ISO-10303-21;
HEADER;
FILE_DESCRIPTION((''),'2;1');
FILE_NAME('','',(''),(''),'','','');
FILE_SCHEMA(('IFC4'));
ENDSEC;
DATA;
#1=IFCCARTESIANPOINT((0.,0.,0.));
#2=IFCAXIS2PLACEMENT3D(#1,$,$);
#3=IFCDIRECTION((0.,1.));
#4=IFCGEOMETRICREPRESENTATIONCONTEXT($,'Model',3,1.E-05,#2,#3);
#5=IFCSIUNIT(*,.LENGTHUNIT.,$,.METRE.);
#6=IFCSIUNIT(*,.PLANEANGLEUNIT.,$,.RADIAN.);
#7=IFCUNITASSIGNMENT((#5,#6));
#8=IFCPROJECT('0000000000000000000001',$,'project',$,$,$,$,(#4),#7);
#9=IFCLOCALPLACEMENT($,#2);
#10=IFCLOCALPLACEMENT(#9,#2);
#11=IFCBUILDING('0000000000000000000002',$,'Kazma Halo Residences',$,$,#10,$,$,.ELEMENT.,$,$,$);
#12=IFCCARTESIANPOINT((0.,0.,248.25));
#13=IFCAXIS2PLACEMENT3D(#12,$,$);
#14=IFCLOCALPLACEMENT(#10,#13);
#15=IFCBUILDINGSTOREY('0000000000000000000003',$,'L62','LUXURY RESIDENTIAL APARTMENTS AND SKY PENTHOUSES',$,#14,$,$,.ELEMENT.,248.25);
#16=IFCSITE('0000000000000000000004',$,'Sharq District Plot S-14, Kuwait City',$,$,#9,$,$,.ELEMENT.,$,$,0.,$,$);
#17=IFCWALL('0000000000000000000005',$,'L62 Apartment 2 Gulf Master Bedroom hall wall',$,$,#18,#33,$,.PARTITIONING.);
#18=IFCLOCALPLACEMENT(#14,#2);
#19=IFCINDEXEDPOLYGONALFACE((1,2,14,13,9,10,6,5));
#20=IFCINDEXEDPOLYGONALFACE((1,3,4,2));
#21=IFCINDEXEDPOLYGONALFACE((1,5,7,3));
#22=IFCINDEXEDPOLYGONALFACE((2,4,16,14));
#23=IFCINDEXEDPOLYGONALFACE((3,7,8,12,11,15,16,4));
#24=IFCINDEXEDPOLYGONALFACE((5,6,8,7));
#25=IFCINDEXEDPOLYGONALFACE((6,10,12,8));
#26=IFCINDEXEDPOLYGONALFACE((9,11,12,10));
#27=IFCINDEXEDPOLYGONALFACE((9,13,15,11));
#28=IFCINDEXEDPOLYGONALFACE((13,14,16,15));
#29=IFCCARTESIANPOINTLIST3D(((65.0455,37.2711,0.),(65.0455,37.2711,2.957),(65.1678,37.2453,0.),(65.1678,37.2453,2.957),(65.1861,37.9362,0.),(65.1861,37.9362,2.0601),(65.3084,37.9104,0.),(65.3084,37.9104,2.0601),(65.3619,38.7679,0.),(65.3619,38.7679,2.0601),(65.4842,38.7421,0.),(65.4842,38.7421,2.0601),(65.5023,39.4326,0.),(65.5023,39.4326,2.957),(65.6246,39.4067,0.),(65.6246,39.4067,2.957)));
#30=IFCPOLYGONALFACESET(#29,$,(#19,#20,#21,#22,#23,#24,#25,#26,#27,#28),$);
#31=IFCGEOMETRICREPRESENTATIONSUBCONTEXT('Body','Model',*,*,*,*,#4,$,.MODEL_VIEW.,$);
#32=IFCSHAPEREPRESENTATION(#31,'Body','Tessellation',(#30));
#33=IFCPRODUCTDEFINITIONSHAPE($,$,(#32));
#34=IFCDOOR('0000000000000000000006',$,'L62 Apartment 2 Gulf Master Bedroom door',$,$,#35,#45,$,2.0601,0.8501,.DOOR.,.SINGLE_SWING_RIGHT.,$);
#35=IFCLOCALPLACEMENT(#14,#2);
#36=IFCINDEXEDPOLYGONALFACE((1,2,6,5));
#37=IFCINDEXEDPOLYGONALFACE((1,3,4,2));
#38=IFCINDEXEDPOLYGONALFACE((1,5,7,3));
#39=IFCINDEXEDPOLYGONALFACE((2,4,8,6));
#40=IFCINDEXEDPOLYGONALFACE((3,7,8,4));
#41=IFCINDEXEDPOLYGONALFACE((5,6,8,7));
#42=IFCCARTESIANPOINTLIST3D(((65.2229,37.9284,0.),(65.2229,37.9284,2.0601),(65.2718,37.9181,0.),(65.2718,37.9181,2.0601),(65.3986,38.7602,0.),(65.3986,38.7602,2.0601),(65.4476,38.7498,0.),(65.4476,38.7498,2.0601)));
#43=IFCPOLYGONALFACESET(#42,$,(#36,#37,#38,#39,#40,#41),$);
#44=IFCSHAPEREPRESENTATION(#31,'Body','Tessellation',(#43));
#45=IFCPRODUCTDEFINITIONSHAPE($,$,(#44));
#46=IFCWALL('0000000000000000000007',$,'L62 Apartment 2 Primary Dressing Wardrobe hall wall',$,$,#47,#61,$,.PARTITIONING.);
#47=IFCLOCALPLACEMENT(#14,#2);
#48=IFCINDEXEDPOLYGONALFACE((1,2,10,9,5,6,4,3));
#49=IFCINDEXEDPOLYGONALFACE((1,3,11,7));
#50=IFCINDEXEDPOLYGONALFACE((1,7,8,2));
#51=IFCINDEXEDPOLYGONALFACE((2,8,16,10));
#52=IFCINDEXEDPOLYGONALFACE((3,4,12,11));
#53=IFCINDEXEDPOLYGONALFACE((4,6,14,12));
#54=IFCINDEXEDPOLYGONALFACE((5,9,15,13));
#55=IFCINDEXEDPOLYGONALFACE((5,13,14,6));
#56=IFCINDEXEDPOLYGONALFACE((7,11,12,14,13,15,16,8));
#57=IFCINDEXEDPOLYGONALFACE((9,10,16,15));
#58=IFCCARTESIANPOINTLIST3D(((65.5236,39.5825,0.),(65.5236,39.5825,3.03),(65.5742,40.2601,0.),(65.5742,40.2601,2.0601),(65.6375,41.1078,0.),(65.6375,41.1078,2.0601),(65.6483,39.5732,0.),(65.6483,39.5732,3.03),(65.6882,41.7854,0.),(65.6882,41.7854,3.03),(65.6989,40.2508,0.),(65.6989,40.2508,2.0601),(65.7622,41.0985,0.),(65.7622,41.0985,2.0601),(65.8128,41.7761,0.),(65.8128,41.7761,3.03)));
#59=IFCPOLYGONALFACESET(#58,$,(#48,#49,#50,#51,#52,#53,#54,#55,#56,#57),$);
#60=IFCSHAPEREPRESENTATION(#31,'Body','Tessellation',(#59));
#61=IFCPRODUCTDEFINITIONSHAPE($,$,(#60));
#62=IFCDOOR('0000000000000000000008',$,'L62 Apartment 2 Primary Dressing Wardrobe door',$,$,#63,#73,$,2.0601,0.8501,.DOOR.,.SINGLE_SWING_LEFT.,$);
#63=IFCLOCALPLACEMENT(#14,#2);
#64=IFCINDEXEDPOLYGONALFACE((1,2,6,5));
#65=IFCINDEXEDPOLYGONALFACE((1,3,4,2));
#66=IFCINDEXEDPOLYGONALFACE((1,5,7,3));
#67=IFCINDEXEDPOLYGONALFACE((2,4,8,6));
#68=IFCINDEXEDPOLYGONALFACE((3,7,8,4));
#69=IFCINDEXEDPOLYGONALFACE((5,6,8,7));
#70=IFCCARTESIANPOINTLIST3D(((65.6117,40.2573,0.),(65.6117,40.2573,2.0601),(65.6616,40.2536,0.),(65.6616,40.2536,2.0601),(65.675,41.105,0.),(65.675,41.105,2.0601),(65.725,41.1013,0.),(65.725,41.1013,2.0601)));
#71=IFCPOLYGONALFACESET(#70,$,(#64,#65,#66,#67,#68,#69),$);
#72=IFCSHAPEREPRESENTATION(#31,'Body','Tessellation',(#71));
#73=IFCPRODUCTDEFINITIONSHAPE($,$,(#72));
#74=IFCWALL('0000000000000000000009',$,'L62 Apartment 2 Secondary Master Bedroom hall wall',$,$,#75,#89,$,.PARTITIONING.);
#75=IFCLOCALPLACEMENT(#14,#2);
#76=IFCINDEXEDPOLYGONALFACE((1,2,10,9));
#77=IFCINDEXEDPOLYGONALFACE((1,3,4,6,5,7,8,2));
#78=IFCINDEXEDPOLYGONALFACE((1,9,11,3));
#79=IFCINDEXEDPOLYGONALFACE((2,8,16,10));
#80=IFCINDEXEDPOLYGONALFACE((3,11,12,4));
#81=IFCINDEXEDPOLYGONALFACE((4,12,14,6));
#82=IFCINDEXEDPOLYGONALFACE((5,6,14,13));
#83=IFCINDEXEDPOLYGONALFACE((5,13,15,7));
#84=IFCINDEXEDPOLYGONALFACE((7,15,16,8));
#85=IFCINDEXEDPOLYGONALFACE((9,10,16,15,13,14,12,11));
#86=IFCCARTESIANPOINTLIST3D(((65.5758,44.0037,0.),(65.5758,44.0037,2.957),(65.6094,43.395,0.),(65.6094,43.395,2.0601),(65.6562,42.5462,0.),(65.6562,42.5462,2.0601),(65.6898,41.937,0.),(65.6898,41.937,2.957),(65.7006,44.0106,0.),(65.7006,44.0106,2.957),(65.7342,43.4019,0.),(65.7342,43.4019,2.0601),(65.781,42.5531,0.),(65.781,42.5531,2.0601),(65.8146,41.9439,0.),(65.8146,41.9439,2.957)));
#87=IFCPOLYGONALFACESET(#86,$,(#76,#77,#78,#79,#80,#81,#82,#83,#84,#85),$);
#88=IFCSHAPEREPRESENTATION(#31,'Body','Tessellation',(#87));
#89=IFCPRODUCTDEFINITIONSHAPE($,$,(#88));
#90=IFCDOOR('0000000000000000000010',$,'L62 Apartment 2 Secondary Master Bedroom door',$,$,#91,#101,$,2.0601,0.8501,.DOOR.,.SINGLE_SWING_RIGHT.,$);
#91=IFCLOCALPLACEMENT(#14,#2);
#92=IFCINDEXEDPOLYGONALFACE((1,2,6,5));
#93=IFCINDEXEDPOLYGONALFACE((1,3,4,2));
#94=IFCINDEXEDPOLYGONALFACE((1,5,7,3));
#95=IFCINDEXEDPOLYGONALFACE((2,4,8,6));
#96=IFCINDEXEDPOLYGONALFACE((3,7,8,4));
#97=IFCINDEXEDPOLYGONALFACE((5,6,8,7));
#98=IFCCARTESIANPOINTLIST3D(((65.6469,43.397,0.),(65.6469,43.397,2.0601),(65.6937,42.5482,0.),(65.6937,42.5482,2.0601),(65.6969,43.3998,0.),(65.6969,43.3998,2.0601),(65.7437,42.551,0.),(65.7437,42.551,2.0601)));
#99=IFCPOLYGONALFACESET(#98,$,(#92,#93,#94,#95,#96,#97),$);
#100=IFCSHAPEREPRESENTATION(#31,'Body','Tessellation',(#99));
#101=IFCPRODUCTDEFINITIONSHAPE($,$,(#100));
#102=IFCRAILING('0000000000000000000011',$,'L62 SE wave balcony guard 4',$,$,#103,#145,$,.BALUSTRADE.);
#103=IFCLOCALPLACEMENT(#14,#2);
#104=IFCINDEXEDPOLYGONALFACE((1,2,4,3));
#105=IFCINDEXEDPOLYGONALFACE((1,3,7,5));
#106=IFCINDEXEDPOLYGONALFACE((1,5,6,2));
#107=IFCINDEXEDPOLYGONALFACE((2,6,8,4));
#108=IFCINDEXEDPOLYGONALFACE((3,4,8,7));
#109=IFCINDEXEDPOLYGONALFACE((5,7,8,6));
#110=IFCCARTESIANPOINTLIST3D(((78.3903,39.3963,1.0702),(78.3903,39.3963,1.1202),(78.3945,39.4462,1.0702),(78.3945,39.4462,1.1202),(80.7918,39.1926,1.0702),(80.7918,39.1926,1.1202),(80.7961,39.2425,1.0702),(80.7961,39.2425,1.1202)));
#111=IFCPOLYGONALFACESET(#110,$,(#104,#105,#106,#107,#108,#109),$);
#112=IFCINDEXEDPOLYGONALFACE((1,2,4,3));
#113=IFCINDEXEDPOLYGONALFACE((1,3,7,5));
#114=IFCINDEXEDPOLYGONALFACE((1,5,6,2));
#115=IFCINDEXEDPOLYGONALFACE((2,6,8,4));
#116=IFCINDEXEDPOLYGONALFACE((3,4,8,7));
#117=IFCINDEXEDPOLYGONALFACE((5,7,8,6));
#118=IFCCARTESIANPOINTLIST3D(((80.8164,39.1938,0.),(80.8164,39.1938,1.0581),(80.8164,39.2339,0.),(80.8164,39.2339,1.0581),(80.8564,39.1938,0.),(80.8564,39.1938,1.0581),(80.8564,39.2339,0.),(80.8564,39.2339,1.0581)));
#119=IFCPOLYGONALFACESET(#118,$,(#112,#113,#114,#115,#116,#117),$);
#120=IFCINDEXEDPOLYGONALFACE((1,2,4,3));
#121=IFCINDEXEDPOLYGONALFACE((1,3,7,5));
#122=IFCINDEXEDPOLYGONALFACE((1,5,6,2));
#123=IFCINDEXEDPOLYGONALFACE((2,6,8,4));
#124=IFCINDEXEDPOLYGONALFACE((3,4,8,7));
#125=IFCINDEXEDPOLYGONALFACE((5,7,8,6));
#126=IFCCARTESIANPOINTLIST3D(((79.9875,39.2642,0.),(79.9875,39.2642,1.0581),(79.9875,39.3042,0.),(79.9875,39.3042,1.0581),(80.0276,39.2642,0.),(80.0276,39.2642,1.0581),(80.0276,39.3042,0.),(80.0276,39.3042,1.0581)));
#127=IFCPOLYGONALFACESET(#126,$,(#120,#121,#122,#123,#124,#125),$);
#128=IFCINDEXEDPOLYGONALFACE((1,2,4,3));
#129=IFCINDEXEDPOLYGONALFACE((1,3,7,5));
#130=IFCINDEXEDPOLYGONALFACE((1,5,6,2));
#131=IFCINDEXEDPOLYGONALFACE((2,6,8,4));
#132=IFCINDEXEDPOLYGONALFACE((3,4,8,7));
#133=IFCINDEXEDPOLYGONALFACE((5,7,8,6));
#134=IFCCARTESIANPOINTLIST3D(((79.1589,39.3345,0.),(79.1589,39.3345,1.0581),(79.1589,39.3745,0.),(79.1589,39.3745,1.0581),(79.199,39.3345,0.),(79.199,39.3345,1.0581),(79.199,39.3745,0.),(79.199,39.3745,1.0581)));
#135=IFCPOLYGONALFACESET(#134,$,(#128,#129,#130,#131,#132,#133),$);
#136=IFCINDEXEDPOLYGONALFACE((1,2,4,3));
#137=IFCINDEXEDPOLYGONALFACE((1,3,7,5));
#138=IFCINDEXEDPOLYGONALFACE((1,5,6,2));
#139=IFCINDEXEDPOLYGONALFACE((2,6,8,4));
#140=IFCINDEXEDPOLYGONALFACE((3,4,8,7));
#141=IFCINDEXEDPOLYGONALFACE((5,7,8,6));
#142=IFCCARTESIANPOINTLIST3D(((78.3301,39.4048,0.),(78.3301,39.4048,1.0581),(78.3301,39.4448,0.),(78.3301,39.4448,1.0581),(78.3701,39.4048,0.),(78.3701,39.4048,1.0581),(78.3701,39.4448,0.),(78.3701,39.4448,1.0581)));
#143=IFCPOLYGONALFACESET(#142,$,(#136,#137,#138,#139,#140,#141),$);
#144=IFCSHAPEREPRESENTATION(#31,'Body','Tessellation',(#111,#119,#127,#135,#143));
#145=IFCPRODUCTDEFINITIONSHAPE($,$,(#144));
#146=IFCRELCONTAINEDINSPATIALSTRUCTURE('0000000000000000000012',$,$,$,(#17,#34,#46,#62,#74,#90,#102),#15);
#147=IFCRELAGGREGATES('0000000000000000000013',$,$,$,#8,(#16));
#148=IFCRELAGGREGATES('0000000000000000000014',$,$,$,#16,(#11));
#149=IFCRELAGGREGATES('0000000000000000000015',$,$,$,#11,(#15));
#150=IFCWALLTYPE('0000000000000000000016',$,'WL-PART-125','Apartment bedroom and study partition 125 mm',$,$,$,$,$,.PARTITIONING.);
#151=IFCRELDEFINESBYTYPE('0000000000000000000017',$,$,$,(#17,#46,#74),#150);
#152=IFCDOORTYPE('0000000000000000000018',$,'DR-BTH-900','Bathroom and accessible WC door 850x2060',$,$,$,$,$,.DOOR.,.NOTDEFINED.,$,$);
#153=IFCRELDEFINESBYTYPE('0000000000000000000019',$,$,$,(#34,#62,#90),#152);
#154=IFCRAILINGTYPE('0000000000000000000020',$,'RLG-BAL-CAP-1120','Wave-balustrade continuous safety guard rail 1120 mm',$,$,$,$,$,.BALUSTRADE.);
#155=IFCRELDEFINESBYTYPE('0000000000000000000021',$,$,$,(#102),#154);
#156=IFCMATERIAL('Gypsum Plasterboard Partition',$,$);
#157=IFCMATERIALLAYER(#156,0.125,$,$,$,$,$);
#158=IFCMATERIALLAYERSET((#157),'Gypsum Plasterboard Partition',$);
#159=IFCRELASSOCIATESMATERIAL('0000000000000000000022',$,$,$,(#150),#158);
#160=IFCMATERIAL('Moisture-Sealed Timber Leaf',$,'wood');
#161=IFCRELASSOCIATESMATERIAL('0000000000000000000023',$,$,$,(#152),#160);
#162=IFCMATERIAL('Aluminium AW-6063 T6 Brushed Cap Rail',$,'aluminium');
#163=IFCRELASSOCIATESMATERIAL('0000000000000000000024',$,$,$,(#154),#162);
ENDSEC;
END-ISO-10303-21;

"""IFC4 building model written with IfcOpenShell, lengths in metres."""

from ifc_helpers import new_model, si_unit, direction, frame, frame_2d, origin, origin_2d, place, context, subcontext, project, spatial, rectangle, extrude, material, layer, layer_set, type_object, element, fill, save


model = new_model("IFC4")

# Units and contexts
model_context = context("Model", 3, precision=1e-05, world=origin(), true_north=direction((0.0, 1.0)))
body_context = subcontext(model_context, "Body", "Model", "MODEL_VIEW")
ifc_project = project(units=[si_unit("LENGTHUNIT", "METRE"), si_unit("PLANEANGLEUNIT", "RADIAN")], contexts=[model_context])

# Site, building, storey
site_placement = place(None, origin())
site = spatial("IfcSite", under=ifc_project, at=site_placement, Name="Sharq District Plot S-14, Kuwait City", CompositionType="ELEMENT", RefElevation=0.0)
building_placement = place(site_placement, origin())
building = spatial("IfcBuilding", under=site, at=building_placement, Name="Kazma Halo Residences", CompositionType="ELEMENT")
storey_placement = place(building_placement, frame((0.0, 0.0, 248.25)))
storey = spatial("IfcBuildingStorey", under=building, at=storey_placement, Name="L62", Description="LUXURY RESIDENTIAL APARTMENTS AND SKY PENTHOUSES", CompositionType="ELEMENT", Elevation=248.25)

# Shared definitions
ifc_material_1 = material(Name="Gypsum Plasterboard Partition")
ifc_layer_1 = layer(ifc_material_1, 0.125)
ifc_layer_set_1 = layer_set([ifc_layer_1], Name="Gypsum Plasterboard Partition")
wall_type_1 = type_object("IfcWallType", Name="WL-PART-125", Description="Apartment bedroom and study partition 125 mm", PredefinedType="PARTITIONING", material=ifc_layer_set_1)

# Walls, openings, doors
wall_1_placement = place(storey_placement, frame((65.1067, 37.2583, 0.0), z_axis=(0.0, 0.0, 1.0), x_axis=(0.206773, 0.978389, 0.0)))
wall_1 = element("IfcWall", 1, at=wall_1_placement, inside=storey, type_object=wall_type_1, Name="L62 Apartment 2 Gulf Master Bedroom hall wall", PredefinedType="PARTITIONING", context=body_context, shape_type="SweptSolid", body=[
    extrude(rectangle(XDim=2.2092, YDim=0.125, at=frame_2d((1.1045, 0.0))), origin(), (0.0, 0.0, 1.0), 2.957),
])
opening_1_placement = place(wall_1_placement, frame((0.6797, 0.0, 0.0)))
opening_1 = element("IfcOpeningElement", 2, at=opening_1_placement, cuts=wall_1, PredefinedType="OPENING", context=body_context, shape_type="SweptSolid", body=[
    extrude(rectangle(XDim=0.8501, YDim=2.0601, at=frame_2d((0.425, 1.03))), frame((0.0, 0.0725, 0.0), z_axis=(0.0, -1.0, 0.0), x_axis=(1.0, 0.0, 0.0)), (0.0, 0.0, 1.0), 0.145),
])
ifc_material_2 = material(Name="Moisture-Sealed Timber Leaf", Category="wood")
door_type_1 = type_object("IfcDoorType", Name="DR-BTH-900", Description="Bathroom and accessible WC door 850x2060", OperationType="NOTDEFINED", PredefinedType="DOOR", material=ifc_material_2)
door_1_placement = place(opening_1_placement, origin())
door_1 = element("IfcDoor", 3, at=door_1_placement, inside=storey, type_object=door_type_1, Name="L62 Apartment 2 Gulf Master Bedroom door", OperationType="SINGLE_SWING_RIGHT", OverallHeight=2.0601, OverallWidth=0.8501, PredefinedType="DOOR", context=body_context, shape_type="SweptSolid", body=[
    extrude(rectangle(XDim=0.8501, YDim=2.0601, at=frame_2d((0.425, 1.03))), frame((0.0, 0.0249, 0.0), z_axis=(0.0, -1.0, 0.0), x_axis=(1.0, 0.0, 0.0)), (0.0, 0.0, 1.0), 0.05),
])
fill(opening_1, door_1)
wall_2_placement = place(storey_placement, frame((65.5859, 39.5779, 0.0), z_axis=(0.0, 0.0, 1.0), x_axis=(0.07449, 0.997222, 0.0)))
wall_2 = element("IfcWall", 4, at=wall_2_placement, inside=storey, type_object=wall_type_1, Name="L62 Apartment 2 Primary Dressing Wardrobe hall wall", PredefinedType="PARTITIONING", context=body_context, shape_type="SweptSolid", body=[
    extrude(rectangle(XDim=2.209, YDim=0.125, at=frame_2d((1.1045, 0.0))), origin(), (0.0, 0.0, 1.0), 3.03),
])
opening_2_placement = place(wall_2_placement, frame((0.6794, 0.0, 0.0)))
opening_2 = element("IfcOpeningElement", 5, at=opening_2_placement, cuts=wall_2, PredefinedType="OPENING", context=body_context, shape_type="SweptSolid", body=[
    extrude(rectangle(XDim=0.8501, YDim=2.0601, at=frame_2d((0.425, 1.03))), frame((0.0, 0.0725, 0.0), z_axis=(0.0, -1.0, 0.0), x_axis=(1.0, 0.0, 0.0)), (0.0, 0.0, 1.0), 0.145),
])
door_2_placement = place(opening_2_placement, origin())
door_2 = element("IfcDoor", 6, at=door_2_placement, inside=storey, type_object=door_type_1, Name="L62 Apartment 2 Primary Dressing Wardrobe door", OperationType="SINGLE_SWING_LEFT", OverallHeight=2.0601, OverallWidth=0.8501, PredefinedType="DOOR", context=body_context, shape_type="SweptSolid", body=[
    extrude(rectangle(XDim=0.8501, YDim=2.0601, at=frame_2d((0.425, 1.03))), frame((0.0, 0.0249, 0.0), z_axis=(0.0, -1.0, 0.0), x_axis=(1.0, 0.0, 0.0)), (0.0, 0.0, 1.0), 0.05),
])
fill(opening_2, door_2)
wall_3_placement = place(storey_placement, frame((65.7522, 41.9404, 0.0), z_axis=(0.0, 0.0, 1.0), x_axis=(-0.055085, 0.998482, 0.0)))
wall_3 = element("IfcWall", 7, at=wall_3_placement, inside=storey, type_object=wall_type_1, Name="L62 Apartment 2 Secondary Master Bedroom hall wall", PredefinedType="PARTITIONING", context=body_context, shape_type="SweptSolid", body=[
    extrude(rectangle(XDim=2.0698, YDim=0.125, at=frame_2d((1.0349, 0.0))), origin(), (0.0, 0.0, 1.0), 2.957),
])
opening_3_placement = place(wall_3_placement, frame((0.6101, 0.0, 0.0)))
opening_3 = element("IfcOpeningElement", 8, at=opening_3_placement, cuts=wall_3, PredefinedType="OPENING", context=body_context, shape_type="SweptSolid", body=[
    extrude(rectangle(XDim=0.8501, YDim=2.0601, at=frame_2d((0.425, 1.03))), frame((0.0, 0.0725, 0.0), z_axis=(0.0, -1.0, 0.0), x_axis=(1.0, 0.0, 0.0)), (0.0, 0.0, 1.0), 0.145),
])
door_3_placement = place(opening_3_placement, origin())
door_3 = element("IfcDoor", 9, at=door_3_placement, inside=storey, type_object=door_type_1, Name="L62 Apartment 2 Secondary Master Bedroom door", OperationType="SINGLE_SWING_RIGHT", OverallHeight=2.0601, OverallWidth=0.8501, PredefinedType="DOOR", context=body_context, shape_type="SweptSolid", body=[
    extrude(rectangle(XDim=0.8501, YDim=2.0601, at=frame_2d((0.425, 1.03))), frame((0.0, 0.0249, 0.0), z_axis=(0.0, -1.0, 0.0), x_axis=(1.0, 0.0, 0.0)), (0.0, 0.0, 1.0), 0.05),
])
fill(opening_3, door_3)

# Railing
ifc_material_3 = material(Name="Aluminium AW-6063 T6 Brushed Cap Rail", Category="aluminium")
railing_type = type_object("IfcRailingType", Name="RLG-BAL-CAP-1120", Description="Wave-balustrade continuous safety guard rail 1120 mm", PredefinedType="BALUSTRADE", material=ifc_material_3)
railing_placement = place(storey_placement, frame((80.8364, 39.2139, 0.0)))
element("IfcRailing", 10, at=railing_placement, inside=storey, type_object=railing_type, Name="L62 SE wave balcony guard 4", PredefinedType="BALUSTRADE", context=body_context, shape_type="SweptSolid", body=[
    extrude(rectangle(XDim=0.05, YDim=0.05, at=origin_2d()), frame((-0.0425, 0.0037, 1.0952), z_axis=(-0.99642, 0.084535, 0.0), x_axis=(-0.084535, -0.99642, 0.0)), (0.0, 0.0, 1.0), 2.4102),
    extrude(rectangle(XDim=0.04, YDim=0.04, at=origin_2d()), origin(), (0.0, 0.0, 1.0), 1.0581),
    extrude(rectangle(XDim=0.04, YDim=0.04, at=origin_2d()), frame((-0.8289, 0.0703, 0.0)), (0.0, 0.0, 1.0), 1.0581),
    extrude(rectangle(XDim=0.04, YDim=0.04, at=origin_2d()), frame((-1.6575, 0.1406, 0.0)), (0.0, 0.0, 1.0), 1.0581),
    extrude(rectangle(XDim=0.04, YDim=0.04, at=origin_2d()), frame((-2.4863, 0.2109, 0.0)), (0.0, 0.0, 1.0), 1.0581),
])

save(model, "model.ifc")
